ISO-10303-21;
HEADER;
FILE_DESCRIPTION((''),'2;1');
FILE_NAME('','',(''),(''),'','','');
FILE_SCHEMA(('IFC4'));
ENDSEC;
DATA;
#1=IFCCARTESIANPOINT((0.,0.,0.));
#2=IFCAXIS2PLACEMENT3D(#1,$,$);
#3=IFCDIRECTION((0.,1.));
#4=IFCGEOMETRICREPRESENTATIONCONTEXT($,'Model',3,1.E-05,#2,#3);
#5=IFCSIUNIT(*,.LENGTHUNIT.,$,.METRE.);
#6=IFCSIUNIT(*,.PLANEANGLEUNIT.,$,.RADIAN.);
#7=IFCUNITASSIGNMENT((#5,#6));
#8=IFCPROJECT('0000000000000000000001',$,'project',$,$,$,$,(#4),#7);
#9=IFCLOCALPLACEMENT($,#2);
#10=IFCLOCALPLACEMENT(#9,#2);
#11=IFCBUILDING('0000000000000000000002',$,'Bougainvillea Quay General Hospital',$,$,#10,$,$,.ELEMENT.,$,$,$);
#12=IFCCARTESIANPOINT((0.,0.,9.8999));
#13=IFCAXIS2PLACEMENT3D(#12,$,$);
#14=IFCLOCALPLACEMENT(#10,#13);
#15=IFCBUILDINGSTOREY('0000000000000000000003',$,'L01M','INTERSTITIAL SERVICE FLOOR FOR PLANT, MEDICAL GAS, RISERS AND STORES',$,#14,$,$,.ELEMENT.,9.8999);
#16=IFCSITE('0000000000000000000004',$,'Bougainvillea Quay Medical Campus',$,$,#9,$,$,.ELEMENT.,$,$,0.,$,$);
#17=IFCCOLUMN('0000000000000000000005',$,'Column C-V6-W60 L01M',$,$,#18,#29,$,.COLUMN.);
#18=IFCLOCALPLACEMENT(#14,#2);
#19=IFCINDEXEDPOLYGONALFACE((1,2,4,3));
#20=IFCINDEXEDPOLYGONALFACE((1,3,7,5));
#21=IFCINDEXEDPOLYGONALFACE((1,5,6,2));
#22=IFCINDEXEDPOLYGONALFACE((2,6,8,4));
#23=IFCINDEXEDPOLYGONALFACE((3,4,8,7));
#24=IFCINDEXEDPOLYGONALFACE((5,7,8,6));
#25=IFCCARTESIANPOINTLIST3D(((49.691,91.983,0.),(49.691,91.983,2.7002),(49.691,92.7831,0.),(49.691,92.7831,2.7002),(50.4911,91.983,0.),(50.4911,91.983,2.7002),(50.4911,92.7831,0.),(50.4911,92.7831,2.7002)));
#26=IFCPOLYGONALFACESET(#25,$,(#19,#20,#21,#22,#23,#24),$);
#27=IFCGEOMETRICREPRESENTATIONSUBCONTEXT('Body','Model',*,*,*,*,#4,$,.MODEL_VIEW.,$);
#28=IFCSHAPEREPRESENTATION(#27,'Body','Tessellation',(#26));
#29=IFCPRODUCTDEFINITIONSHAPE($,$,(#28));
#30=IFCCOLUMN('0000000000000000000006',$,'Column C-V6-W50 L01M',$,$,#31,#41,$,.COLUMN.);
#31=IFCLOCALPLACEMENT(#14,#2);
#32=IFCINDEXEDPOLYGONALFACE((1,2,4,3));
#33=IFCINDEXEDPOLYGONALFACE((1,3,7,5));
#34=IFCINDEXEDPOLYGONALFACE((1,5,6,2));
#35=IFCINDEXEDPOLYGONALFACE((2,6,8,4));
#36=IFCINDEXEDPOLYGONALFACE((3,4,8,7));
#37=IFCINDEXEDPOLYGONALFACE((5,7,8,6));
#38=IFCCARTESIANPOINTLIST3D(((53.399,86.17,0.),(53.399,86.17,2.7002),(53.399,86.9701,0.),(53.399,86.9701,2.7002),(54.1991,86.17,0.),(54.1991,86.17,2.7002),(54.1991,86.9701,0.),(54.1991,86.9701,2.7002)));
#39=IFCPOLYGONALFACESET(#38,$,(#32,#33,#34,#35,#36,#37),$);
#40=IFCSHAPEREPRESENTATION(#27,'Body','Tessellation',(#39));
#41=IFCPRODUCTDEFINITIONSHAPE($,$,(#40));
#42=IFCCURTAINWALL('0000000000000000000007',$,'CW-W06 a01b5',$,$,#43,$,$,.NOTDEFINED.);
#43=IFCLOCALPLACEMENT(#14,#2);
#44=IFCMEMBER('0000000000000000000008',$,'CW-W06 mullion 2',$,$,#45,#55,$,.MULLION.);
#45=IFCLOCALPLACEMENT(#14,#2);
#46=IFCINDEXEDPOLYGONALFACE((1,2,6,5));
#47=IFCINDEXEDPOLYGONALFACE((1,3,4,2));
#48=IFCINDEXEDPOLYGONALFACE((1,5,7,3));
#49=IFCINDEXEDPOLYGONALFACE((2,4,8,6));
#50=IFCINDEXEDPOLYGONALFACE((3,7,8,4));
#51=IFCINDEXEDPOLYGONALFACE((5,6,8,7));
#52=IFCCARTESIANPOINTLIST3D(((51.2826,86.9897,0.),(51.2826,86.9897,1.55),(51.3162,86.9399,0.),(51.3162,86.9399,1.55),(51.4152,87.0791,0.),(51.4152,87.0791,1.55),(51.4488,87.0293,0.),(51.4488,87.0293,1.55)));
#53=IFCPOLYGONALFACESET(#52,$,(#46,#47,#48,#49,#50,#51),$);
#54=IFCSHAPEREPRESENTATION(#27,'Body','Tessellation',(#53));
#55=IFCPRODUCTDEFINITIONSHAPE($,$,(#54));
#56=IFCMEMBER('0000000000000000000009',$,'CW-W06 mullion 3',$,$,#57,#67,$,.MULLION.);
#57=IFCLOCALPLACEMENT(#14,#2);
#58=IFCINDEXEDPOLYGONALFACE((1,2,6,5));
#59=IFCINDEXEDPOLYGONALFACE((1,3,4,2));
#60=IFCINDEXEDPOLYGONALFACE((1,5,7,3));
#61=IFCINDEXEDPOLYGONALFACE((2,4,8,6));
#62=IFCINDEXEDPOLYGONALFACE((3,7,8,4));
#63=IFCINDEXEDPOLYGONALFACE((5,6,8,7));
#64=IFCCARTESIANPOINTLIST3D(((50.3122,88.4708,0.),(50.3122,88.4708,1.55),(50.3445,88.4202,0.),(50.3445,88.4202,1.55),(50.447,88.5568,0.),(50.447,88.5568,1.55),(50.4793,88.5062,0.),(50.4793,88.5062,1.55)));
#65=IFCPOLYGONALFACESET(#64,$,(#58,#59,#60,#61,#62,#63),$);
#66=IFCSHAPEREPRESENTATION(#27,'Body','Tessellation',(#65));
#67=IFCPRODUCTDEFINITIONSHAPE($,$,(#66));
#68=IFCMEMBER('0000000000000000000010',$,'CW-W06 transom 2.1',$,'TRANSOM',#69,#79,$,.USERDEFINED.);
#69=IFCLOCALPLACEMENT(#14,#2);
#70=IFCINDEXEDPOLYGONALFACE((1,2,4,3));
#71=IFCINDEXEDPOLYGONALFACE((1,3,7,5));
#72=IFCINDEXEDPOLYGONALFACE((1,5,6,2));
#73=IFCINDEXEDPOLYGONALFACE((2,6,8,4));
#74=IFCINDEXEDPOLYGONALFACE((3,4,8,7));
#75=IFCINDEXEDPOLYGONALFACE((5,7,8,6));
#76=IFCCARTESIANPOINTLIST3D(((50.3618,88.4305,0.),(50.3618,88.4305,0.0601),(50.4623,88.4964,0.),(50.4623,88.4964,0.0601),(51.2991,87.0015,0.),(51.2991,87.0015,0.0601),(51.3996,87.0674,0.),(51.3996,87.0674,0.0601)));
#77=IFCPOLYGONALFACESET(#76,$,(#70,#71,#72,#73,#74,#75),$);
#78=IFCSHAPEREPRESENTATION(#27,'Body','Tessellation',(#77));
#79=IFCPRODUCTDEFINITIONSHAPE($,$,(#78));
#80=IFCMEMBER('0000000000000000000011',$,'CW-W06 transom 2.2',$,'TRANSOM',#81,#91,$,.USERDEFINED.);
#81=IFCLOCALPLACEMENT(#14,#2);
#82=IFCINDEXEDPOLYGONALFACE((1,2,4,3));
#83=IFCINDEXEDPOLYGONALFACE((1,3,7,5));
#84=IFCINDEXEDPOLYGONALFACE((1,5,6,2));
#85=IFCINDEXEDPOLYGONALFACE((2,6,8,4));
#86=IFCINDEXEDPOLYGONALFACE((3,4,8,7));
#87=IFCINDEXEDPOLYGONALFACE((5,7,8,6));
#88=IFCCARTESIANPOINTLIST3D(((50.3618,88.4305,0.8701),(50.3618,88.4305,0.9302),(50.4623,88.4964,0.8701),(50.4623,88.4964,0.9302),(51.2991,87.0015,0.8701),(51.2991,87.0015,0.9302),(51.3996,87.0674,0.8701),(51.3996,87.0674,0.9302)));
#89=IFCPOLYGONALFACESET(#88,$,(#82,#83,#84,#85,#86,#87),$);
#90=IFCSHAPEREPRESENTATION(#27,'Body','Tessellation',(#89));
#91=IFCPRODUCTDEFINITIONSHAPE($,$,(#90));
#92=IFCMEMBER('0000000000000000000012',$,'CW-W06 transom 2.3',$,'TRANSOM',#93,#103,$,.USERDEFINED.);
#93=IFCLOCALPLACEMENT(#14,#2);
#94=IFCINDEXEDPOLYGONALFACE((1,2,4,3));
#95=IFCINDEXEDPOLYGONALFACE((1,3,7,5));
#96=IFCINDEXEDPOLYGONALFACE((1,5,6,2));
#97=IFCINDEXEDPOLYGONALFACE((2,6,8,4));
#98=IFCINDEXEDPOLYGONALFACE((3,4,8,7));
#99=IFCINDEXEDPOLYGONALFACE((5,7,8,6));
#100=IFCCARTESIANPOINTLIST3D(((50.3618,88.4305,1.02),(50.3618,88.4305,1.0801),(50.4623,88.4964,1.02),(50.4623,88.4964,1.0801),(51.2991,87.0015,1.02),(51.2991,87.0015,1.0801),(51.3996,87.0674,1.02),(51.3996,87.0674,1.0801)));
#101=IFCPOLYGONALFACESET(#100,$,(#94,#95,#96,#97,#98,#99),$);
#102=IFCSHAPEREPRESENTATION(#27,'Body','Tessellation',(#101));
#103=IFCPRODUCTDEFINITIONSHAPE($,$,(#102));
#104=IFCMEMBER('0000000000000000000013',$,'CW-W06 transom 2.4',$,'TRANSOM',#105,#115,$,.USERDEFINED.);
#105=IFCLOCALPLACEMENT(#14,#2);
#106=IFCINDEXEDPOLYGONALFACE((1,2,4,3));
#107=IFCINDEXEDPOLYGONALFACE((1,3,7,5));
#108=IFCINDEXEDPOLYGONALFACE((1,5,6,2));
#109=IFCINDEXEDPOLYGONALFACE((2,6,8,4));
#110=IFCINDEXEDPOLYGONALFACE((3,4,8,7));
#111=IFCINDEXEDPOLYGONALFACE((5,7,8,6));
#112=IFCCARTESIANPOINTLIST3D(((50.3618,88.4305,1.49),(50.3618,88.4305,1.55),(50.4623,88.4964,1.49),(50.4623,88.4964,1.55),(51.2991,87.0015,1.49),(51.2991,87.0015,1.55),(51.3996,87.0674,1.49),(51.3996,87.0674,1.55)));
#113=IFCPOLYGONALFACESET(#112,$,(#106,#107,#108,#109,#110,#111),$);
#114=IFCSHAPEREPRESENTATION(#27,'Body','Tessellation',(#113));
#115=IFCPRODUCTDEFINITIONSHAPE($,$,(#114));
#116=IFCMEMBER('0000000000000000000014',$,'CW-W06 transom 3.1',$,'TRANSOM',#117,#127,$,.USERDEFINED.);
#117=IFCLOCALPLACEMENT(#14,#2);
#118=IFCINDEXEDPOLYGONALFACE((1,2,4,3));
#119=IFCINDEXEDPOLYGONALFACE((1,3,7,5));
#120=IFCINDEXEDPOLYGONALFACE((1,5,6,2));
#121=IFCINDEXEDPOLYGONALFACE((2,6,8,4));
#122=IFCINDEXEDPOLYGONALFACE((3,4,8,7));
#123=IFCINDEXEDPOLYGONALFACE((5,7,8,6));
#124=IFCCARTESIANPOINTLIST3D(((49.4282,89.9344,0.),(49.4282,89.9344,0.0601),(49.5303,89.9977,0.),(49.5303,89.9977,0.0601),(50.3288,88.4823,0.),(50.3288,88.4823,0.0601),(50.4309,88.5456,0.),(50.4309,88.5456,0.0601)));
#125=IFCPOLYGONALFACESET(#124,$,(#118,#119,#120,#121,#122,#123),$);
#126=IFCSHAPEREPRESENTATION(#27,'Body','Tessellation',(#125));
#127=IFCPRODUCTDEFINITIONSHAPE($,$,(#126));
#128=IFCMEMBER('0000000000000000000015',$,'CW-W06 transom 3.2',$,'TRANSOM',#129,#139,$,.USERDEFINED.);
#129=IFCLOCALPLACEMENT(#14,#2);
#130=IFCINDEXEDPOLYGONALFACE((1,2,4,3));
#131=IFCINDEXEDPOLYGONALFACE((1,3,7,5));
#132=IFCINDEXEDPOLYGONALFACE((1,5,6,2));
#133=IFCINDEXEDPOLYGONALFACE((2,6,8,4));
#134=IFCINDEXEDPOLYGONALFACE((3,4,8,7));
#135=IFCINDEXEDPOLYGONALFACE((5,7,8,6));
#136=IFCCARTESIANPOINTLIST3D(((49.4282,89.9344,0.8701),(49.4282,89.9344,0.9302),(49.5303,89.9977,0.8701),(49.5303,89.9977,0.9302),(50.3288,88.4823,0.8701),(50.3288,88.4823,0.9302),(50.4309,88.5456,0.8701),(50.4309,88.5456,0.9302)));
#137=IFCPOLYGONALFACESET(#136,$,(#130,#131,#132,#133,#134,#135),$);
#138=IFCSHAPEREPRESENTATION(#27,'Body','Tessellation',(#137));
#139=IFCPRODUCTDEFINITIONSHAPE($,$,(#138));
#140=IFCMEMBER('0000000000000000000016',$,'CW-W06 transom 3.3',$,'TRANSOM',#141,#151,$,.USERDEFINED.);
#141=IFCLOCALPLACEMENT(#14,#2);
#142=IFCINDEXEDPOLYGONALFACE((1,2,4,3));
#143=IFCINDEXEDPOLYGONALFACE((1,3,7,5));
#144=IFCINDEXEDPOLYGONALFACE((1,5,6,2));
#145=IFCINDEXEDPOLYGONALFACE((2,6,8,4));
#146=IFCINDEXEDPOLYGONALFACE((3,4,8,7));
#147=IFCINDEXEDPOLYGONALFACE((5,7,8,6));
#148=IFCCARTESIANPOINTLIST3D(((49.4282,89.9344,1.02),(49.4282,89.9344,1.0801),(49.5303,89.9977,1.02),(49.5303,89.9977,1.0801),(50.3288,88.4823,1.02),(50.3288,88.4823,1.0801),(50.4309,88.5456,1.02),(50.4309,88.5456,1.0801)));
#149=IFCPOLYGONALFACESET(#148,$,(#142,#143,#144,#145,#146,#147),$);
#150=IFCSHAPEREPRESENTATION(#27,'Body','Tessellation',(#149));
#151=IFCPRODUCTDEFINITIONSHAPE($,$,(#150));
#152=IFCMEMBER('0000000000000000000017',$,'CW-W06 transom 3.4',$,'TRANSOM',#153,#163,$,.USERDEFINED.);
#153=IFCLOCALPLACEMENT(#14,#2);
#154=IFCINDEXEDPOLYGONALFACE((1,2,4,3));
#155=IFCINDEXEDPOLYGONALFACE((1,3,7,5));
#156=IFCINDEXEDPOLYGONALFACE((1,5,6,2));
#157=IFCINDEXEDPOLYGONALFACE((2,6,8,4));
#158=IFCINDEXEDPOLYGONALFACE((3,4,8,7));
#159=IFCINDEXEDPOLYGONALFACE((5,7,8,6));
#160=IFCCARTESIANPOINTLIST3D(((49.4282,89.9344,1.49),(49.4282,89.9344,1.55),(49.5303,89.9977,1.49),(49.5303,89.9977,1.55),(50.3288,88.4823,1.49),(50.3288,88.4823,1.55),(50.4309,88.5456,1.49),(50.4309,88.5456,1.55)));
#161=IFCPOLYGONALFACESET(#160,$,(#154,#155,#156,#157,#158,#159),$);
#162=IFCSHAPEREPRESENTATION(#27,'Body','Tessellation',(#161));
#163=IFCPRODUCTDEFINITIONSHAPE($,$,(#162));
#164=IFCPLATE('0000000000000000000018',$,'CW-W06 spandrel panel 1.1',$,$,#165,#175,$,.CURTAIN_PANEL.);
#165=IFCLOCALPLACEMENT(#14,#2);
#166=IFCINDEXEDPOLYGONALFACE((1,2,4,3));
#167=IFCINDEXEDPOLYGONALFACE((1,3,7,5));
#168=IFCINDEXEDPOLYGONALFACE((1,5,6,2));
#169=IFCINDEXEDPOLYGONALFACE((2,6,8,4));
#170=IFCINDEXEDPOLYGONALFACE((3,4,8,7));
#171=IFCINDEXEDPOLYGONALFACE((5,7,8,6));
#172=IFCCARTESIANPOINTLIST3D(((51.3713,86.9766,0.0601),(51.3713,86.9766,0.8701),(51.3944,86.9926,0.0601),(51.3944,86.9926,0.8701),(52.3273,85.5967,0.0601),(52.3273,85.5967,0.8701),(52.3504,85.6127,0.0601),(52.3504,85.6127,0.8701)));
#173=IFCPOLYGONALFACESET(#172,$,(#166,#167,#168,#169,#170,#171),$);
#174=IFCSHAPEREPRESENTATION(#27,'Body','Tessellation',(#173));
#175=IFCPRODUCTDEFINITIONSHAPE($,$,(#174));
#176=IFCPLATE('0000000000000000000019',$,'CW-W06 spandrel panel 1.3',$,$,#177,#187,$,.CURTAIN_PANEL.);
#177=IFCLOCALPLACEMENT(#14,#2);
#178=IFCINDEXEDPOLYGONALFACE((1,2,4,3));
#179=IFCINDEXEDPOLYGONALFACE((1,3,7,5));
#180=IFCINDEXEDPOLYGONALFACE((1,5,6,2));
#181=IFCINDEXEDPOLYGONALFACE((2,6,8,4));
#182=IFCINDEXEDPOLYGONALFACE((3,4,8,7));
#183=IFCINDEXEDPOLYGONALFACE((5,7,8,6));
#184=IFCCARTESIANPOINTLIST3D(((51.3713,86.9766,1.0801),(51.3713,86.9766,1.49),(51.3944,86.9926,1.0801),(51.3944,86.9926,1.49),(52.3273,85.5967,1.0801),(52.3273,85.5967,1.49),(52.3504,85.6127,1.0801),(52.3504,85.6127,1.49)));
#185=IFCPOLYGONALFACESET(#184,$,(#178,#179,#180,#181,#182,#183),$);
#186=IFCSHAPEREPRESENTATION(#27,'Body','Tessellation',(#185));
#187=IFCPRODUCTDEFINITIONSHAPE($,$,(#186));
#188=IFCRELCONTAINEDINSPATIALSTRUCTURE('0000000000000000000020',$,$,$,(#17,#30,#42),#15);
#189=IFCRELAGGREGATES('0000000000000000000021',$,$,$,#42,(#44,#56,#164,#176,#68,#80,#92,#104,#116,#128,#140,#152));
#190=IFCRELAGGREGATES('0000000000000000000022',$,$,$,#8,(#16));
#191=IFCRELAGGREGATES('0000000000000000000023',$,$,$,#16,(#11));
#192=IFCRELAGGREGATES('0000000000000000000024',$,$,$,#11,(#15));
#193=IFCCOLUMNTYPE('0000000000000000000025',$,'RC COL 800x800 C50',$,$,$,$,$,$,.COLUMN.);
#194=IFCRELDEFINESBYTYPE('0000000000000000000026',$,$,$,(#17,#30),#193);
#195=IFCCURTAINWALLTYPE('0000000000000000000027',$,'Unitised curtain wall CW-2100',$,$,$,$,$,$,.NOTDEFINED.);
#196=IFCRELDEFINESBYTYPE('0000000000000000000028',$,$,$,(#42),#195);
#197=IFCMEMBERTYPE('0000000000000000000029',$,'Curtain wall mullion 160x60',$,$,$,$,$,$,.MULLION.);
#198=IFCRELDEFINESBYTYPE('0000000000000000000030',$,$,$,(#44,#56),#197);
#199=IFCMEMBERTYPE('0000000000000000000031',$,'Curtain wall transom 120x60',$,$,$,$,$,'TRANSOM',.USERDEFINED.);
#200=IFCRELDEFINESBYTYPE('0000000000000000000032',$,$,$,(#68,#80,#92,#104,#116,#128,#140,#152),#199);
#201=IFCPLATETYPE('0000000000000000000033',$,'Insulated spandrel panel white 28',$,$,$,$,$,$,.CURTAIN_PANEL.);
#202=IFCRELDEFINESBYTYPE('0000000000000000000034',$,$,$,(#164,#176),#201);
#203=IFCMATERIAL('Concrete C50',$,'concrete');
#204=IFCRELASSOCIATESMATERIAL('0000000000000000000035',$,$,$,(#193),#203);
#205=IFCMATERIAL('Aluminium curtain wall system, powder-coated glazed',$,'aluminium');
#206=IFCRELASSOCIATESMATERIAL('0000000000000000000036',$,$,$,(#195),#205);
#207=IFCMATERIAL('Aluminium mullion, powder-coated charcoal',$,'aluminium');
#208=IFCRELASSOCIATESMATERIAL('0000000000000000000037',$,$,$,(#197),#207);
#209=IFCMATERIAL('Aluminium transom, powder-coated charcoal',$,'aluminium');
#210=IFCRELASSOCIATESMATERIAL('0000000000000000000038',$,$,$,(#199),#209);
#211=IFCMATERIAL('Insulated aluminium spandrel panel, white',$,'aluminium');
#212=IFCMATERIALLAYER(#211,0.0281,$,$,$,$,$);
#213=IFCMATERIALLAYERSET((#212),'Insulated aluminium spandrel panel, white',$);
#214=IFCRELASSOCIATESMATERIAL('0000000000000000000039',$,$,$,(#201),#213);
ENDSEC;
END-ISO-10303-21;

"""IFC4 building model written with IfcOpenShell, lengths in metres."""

from ifc_helpers import new_model, si_unit, direction, frame, origin, origin_2d, place, context, subcontext, project, spatial, rectangle, extrude, material, layer, layer_set, material_profile, profile_set, type_object, element, aggregate, save


model = new_model("IFC4")

# Units and contexts
model_context = context("Model", 3, precision=1e-05, world=origin(), true_north=direction((0.0, 1.0)))
body_context = subcontext(model_context, "Body", "Model", "MODEL_VIEW")
ifc_project = project(units=[si_unit("LENGTHUNIT", "METRE"), si_unit("PLANEANGLEUNIT", "RADIAN")], contexts=[model_context])

# Site, building, storey
site_placement = place(None, origin())
site = spatial("IfcSite", under=ifc_project, at=site_placement, Name="Bougainvillea Quay Medical Campus", CompositionType="ELEMENT", RefElevation=0.0)
building_placement = place(site_placement, origin())
building = spatial("IfcBuilding", under=site, at=building_placement, Name="Bougainvillea Quay General Hospital", CompositionType="ELEMENT")
storey_placement = place(building_placement, frame((0.0, 0.0, 9.8999)))
storey = spatial("IfcBuildingStorey", under=building, at=storey_placement, Name="L01M", Description="INTERSTITIAL SERVICE FLOOR FOR PLANT, MEDICAL GAS, RISERS AND STORES", CompositionType="ELEMENT", Elevation=9.8999)

# Columns
ifc_material_1 = material(Name="Concrete C50", Category="concrete")
ifc_material_profile_1 = material_profile(ifc_material_1, rectangle(XDim=0.8, YDim=0.8, at=origin_2d()))
ifc_profile_set_1 = profile_set([ifc_material_profile_1], Name="Concrete C50")
column_type = type_object("IfcColumnType", Name="RC COL 800x800 C50", PredefinedType="COLUMN", material=ifc_profile_set_1)
for number, where, z_axis, x_axis, name in (
    (1, (50.0911, 92.3831, 0.0), (0.0, 0.0, 1.0), (1.0, 0.0, 0.0), "Column C-V6-W60 L01M"),
    (2, (53.7991, 86.5701, 0.0), (0.0, 0.0, 1.0), (1.0, 0.0, 0.0), "Column C-V6-W50 L01M"),
):
    element("IfcColumn", number, at=place(storey_placement, frame(where, z_axis=z_axis, x_axis=x_axis)), inside=storey, type_object=column_type, Name=name, PredefinedType="COLUMN", context=body_context, shape_type="SweptSolid", body=[
        extrude(rectangle(XDim=0.8, YDim=0.8, at=origin_2d()), origin(), (0.0, 0.0, 1.0), 2.7002),
    ])

# Curtain wall, members, plates
ifc_material_2 = material(Name="Aluminium curtain wall system, powder-coated glazed", Category="aluminium")
curtain_wall_type = type_object("IfcCurtainWallType", Name="Unitised curtain wall CW-2100", PredefinedType="NOTDEFINED", material=ifc_material_2)
curtain_wall_placement = place(storey_placement, origin())
curtain_wall = element("IfcCurtainWall", 3, at=curtain_wall_placement, inside=storey, type_object=curtain_wall_type, Name="CW-W06 a01b5", PredefinedType="NOTDEFINED")
ifc_material_3 = material(Name="Aluminium mullion, powder-coated charcoal", Category="aluminium")
ifc_material_profile_2 = material_profile(ifc_material_3, rectangle(XDim=0.1599, YDim=0.0601, at=origin_2d()))
ifc_profile_set_2 = profile_set([ifc_material_profile_2], Name="Aluminium mullion, powder-coated charcoal")
member_type_1 = type_object("IfcMemberType", Name="Curtain wall mullion 160x60", PredefinedType="MULLION", material=ifc_profile_set_2)
member_1_placement = place(storey_placement, frame((51.3657, 87.0095, 0.0), z_axis=(0.0, 0.0, 1.0), x_axis=(-0.829164, -0.559005, 0.0)))
member_1 = element("IfcMember", 4, at=member_1_placement, type_object=member_type_1, Name="CW-W06 mullion 2", PredefinedType="MULLION", context=body_context, shape_type="SweptSolid", body=[
    extrude(rectangle(XDim=0.1599, YDim=0.0601, at=origin_2d()), origin(), (0.0, 0.0, 1.0), 1.55),
])
member_2_placement = place(storey_placement, frame((50.3958, 88.4885, 0.0), z_axis=(0.0, 0.0, 1.0), x_axis=(-0.843072, -0.5378, 0.0)))
member_2 = element("IfcMember", 5, at=member_2_placement, type_object=member_type_1, Name="CW-W06 mullion 3", PredefinedType="MULLION", context=body_context, shape_type="SweptSolid", body=[
    extrude(rectangle(XDim=0.1599, YDim=0.0601, at=origin_2d()), origin(), (0.0, 0.0, 1.0), 1.55),
])
ifc_material_4 = material(Name="Aluminium transom, powder-coated charcoal", Category="aluminium")
ifc_material_profile_3 = material_profile(ifc_material_4, rectangle(XDim=0.1201, YDim=0.0601, at=origin_2d()))
ifc_profile_set_3 = profile_set([ifc_material_profile_3], Name="Aluminium transom, powder-coated charcoal")
member_type_2 = type_object("IfcMemberType", Name="Curtain wall transom 120x60", ElementType="TRANSOM", PredefinedType="USERDEFINED", material=ifc_profile_set_3)
member_3_placement = place(storey_placement, frame((51.3494, 87.0344, 0.03), z_axis=(-0.548454, 0.836181, 0.0), x_axis=(-0.836181, -0.548454, 0.0)))
member_3 = element("IfcMember", 6, at=member_3_placement, type_object=member_type_2, Name="CW-W06 transom 2.1", ObjectType="TRANSOM", PredefinedType="USERDEFINED", context=body_context, shape_type="SweptSolid", body=[
    extrude(rectangle(XDim=0.1201, YDim=0.0601, at=origin_2d()), origin(), (0.0, 0.0, 1.0), 1.709),
])
member_4_placement = place(storey_placement, frame((51.3494, 87.0344, 0.9001), z_axis=(-0.548454, 0.836181, 0.0), x_axis=(-0.836181, -0.548454, 0.0)))
member_4 = element("IfcMember", 7, at=member_4_placement, type_object=member_type_2, Name="CW-W06 transom 2.2", ObjectType="TRANSOM", PredefinedType="USERDEFINED", context=body_context, shape_type="SweptSolid", body=[
    extrude(rectangle(XDim=0.1201, YDim=0.0601, at=origin_2d()), origin(), (0.0, 0.0, 1.0), 1.709),
])
member_5_placement = place(storey_placement, frame((51.3494, 87.0344, 1.05), z_axis=(-0.548454, 0.836181, 0.0), x_axis=(-0.836181, -0.548454, 0.0)))
member_5 = element("IfcMember", 8, at=member_5_placement, type_object=member_type_2, Name="CW-W06 transom 2.3", ObjectType="TRANSOM", PredefinedType="USERDEFINED", context=body_context, shape_type="SweptSolid", body=[
    extrude(rectangle(XDim=0.1201, YDim=0.0601, at=origin_2d()), origin(), (0.0, 0.0, 1.0), 1.709),
])
member_6_placement = place(storey_placement, frame((51.3494, 87.0344, 1.52), z_axis=(-0.548454, 0.836181, 0.0), x_axis=(-0.836181, -0.548454, 0.0)))
member_6 = element("IfcMember", 9, at=member_6_placement, type_object=member_type_2, Name="CW-W06 transom 2.4", ObjectType="TRANSOM", PredefinedType="USERDEFINED", context=body_context, shape_type="SweptSolid", body=[
    extrude(rectangle(XDim=0.1201, YDim=0.0601, at=origin_2d()), origin(), (0.0, 0.0, 1.0), 1.709),
])
member_7_placement = place(storey_placement, frame((50.3799, 88.5139, 0.03), z_axis=(-0.527068, 0.849823, 0.0), x_axis=(-0.849823, -0.527068, 0.0)))
member_7 = element("IfcMember", 10, at=member_7_placement, type_object=member_type_2, Name="CW-W06 transom 3.1", ObjectType="TRANSOM", PredefinedType="USERDEFINED", context=body_context, shape_type="SweptSolid", body=[
    extrude(rectangle(XDim=0.1201, YDim=0.0601, at=origin_2d()), origin(), (0.0, 0.0, 1.0), 1.7087),
])
member_8_placement = place(storey_placement, frame((50.3799, 88.5139, 0.9001), z_axis=(-0.527068, 0.849823, 0.0), x_axis=(-0.849823, -0.527068, 0.0)))
member_8 = element("IfcMember", 11, at=member_8_placement, type_object=member_type_2, Name="CW-W06 transom 3.2", ObjectType="TRANSOM", PredefinedType="USERDEFINED", context=body_context, shape_type="SweptSolid", body=[
    extrude(rectangle(XDim=0.1201, YDim=0.0601, at=origin_2d()), origin(), (0.0, 0.0, 1.0), 1.7087),
])
member_9_placement = place(storey_placement, frame((50.3799, 88.5139, 1.05), z_axis=(-0.527068, 0.849823, 0.0), x_axis=(-0.849823, -0.527068, 0.0)))
member_9 = element("IfcMember", 12, at=member_9_placement, type_object=member_type_2, Name="CW-W06 transom 3.3", ObjectType="TRANSOM", PredefinedType="USERDEFINED", context=body_context, shape_type="SweptSolid", body=[
    extrude(rectangle(XDim=0.1201, YDim=0.0601, at=origin_2d()), origin(), (0.0, 0.0, 1.0), 1.7087),
])
member_10_placement = place(storey_placement, frame((50.3799, 88.5139, 1.52), z_axis=(-0.527068, 0.849823, 0.0), x_axis=(-0.849823, -0.527068, 0.0)))
member_10 = element("IfcMember", 13, at=member_10_placement, type_object=member_type_2, Name="CW-W06 transom 3.4", ObjectType="TRANSOM", PredefinedType="USERDEFINED", context=body_context, shape_type="SweptSolid", body=[
    extrude(rectangle(XDim=0.1201, YDim=0.0601, at=origin_2d()), origin(), (0.0, 0.0, 1.0), 1.7087),
])
ifc_material_5 = material(Name="Insulated aluminium spandrel panel, white", Category="aluminium")
ifc_layer_1 = layer(ifc_material_5, 0.0281)
ifc_layer_set_1 = layer_set([ifc_layer_1], Name="Insulated aluminium spandrel panel, white")
plate_type_1 = type_object("IfcPlateType", Name="Insulated spandrel panel white 28", PredefinedType="CURTAIN_PANEL", material=ifc_layer_set_1)
plate_1_placement = place(storey_placement, frame((51.8608, 86.2947, 0.0601), z_axis=(0.0, 0.0, 1.0), x_axis=(-0.569473, 0.82201, 0.0)))
plate_1 = element("IfcPlate", 14, at=plate_1_placement, type_object=plate_type_1, Name="CW-W06 spandrel panel 1.1", PredefinedType="CURTAIN_PANEL", context=body_context, shape_type="SweptSolid", body=[
    extrude(rectangle(XDim=1.6787, YDim=0.0281, at=origin_2d()), origin(), (0.0, 0.0, 1.0), 0.8101),
])
plate_2_placement = place(storey_placement, frame((51.8608, 86.2947, 1.0801), z_axis=(0.0, 0.0, 1.0), x_axis=(-0.569473, 0.82201, 0.0)))
plate_2 = element("IfcPlate", 15, at=plate_2_placement, type_object=plate_type_1, Name="CW-W06 spandrel panel 1.3", PredefinedType="CURTAIN_PANEL", context=body_context, shape_type="SweptSolid", body=[
    extrude(rectangle(XDim=1.6787, YDim=0.0281, at=origin_2d()), origin(), (0.0, 0.0, 1.0), 0.4099),
])
aggregate(curtain_wall, [member_1, member_2, plate_1, plate_2, member_3, member_4, member_5, member_6, member_7, member_8, member_9, member_10])

save(model, "model.ifc")
